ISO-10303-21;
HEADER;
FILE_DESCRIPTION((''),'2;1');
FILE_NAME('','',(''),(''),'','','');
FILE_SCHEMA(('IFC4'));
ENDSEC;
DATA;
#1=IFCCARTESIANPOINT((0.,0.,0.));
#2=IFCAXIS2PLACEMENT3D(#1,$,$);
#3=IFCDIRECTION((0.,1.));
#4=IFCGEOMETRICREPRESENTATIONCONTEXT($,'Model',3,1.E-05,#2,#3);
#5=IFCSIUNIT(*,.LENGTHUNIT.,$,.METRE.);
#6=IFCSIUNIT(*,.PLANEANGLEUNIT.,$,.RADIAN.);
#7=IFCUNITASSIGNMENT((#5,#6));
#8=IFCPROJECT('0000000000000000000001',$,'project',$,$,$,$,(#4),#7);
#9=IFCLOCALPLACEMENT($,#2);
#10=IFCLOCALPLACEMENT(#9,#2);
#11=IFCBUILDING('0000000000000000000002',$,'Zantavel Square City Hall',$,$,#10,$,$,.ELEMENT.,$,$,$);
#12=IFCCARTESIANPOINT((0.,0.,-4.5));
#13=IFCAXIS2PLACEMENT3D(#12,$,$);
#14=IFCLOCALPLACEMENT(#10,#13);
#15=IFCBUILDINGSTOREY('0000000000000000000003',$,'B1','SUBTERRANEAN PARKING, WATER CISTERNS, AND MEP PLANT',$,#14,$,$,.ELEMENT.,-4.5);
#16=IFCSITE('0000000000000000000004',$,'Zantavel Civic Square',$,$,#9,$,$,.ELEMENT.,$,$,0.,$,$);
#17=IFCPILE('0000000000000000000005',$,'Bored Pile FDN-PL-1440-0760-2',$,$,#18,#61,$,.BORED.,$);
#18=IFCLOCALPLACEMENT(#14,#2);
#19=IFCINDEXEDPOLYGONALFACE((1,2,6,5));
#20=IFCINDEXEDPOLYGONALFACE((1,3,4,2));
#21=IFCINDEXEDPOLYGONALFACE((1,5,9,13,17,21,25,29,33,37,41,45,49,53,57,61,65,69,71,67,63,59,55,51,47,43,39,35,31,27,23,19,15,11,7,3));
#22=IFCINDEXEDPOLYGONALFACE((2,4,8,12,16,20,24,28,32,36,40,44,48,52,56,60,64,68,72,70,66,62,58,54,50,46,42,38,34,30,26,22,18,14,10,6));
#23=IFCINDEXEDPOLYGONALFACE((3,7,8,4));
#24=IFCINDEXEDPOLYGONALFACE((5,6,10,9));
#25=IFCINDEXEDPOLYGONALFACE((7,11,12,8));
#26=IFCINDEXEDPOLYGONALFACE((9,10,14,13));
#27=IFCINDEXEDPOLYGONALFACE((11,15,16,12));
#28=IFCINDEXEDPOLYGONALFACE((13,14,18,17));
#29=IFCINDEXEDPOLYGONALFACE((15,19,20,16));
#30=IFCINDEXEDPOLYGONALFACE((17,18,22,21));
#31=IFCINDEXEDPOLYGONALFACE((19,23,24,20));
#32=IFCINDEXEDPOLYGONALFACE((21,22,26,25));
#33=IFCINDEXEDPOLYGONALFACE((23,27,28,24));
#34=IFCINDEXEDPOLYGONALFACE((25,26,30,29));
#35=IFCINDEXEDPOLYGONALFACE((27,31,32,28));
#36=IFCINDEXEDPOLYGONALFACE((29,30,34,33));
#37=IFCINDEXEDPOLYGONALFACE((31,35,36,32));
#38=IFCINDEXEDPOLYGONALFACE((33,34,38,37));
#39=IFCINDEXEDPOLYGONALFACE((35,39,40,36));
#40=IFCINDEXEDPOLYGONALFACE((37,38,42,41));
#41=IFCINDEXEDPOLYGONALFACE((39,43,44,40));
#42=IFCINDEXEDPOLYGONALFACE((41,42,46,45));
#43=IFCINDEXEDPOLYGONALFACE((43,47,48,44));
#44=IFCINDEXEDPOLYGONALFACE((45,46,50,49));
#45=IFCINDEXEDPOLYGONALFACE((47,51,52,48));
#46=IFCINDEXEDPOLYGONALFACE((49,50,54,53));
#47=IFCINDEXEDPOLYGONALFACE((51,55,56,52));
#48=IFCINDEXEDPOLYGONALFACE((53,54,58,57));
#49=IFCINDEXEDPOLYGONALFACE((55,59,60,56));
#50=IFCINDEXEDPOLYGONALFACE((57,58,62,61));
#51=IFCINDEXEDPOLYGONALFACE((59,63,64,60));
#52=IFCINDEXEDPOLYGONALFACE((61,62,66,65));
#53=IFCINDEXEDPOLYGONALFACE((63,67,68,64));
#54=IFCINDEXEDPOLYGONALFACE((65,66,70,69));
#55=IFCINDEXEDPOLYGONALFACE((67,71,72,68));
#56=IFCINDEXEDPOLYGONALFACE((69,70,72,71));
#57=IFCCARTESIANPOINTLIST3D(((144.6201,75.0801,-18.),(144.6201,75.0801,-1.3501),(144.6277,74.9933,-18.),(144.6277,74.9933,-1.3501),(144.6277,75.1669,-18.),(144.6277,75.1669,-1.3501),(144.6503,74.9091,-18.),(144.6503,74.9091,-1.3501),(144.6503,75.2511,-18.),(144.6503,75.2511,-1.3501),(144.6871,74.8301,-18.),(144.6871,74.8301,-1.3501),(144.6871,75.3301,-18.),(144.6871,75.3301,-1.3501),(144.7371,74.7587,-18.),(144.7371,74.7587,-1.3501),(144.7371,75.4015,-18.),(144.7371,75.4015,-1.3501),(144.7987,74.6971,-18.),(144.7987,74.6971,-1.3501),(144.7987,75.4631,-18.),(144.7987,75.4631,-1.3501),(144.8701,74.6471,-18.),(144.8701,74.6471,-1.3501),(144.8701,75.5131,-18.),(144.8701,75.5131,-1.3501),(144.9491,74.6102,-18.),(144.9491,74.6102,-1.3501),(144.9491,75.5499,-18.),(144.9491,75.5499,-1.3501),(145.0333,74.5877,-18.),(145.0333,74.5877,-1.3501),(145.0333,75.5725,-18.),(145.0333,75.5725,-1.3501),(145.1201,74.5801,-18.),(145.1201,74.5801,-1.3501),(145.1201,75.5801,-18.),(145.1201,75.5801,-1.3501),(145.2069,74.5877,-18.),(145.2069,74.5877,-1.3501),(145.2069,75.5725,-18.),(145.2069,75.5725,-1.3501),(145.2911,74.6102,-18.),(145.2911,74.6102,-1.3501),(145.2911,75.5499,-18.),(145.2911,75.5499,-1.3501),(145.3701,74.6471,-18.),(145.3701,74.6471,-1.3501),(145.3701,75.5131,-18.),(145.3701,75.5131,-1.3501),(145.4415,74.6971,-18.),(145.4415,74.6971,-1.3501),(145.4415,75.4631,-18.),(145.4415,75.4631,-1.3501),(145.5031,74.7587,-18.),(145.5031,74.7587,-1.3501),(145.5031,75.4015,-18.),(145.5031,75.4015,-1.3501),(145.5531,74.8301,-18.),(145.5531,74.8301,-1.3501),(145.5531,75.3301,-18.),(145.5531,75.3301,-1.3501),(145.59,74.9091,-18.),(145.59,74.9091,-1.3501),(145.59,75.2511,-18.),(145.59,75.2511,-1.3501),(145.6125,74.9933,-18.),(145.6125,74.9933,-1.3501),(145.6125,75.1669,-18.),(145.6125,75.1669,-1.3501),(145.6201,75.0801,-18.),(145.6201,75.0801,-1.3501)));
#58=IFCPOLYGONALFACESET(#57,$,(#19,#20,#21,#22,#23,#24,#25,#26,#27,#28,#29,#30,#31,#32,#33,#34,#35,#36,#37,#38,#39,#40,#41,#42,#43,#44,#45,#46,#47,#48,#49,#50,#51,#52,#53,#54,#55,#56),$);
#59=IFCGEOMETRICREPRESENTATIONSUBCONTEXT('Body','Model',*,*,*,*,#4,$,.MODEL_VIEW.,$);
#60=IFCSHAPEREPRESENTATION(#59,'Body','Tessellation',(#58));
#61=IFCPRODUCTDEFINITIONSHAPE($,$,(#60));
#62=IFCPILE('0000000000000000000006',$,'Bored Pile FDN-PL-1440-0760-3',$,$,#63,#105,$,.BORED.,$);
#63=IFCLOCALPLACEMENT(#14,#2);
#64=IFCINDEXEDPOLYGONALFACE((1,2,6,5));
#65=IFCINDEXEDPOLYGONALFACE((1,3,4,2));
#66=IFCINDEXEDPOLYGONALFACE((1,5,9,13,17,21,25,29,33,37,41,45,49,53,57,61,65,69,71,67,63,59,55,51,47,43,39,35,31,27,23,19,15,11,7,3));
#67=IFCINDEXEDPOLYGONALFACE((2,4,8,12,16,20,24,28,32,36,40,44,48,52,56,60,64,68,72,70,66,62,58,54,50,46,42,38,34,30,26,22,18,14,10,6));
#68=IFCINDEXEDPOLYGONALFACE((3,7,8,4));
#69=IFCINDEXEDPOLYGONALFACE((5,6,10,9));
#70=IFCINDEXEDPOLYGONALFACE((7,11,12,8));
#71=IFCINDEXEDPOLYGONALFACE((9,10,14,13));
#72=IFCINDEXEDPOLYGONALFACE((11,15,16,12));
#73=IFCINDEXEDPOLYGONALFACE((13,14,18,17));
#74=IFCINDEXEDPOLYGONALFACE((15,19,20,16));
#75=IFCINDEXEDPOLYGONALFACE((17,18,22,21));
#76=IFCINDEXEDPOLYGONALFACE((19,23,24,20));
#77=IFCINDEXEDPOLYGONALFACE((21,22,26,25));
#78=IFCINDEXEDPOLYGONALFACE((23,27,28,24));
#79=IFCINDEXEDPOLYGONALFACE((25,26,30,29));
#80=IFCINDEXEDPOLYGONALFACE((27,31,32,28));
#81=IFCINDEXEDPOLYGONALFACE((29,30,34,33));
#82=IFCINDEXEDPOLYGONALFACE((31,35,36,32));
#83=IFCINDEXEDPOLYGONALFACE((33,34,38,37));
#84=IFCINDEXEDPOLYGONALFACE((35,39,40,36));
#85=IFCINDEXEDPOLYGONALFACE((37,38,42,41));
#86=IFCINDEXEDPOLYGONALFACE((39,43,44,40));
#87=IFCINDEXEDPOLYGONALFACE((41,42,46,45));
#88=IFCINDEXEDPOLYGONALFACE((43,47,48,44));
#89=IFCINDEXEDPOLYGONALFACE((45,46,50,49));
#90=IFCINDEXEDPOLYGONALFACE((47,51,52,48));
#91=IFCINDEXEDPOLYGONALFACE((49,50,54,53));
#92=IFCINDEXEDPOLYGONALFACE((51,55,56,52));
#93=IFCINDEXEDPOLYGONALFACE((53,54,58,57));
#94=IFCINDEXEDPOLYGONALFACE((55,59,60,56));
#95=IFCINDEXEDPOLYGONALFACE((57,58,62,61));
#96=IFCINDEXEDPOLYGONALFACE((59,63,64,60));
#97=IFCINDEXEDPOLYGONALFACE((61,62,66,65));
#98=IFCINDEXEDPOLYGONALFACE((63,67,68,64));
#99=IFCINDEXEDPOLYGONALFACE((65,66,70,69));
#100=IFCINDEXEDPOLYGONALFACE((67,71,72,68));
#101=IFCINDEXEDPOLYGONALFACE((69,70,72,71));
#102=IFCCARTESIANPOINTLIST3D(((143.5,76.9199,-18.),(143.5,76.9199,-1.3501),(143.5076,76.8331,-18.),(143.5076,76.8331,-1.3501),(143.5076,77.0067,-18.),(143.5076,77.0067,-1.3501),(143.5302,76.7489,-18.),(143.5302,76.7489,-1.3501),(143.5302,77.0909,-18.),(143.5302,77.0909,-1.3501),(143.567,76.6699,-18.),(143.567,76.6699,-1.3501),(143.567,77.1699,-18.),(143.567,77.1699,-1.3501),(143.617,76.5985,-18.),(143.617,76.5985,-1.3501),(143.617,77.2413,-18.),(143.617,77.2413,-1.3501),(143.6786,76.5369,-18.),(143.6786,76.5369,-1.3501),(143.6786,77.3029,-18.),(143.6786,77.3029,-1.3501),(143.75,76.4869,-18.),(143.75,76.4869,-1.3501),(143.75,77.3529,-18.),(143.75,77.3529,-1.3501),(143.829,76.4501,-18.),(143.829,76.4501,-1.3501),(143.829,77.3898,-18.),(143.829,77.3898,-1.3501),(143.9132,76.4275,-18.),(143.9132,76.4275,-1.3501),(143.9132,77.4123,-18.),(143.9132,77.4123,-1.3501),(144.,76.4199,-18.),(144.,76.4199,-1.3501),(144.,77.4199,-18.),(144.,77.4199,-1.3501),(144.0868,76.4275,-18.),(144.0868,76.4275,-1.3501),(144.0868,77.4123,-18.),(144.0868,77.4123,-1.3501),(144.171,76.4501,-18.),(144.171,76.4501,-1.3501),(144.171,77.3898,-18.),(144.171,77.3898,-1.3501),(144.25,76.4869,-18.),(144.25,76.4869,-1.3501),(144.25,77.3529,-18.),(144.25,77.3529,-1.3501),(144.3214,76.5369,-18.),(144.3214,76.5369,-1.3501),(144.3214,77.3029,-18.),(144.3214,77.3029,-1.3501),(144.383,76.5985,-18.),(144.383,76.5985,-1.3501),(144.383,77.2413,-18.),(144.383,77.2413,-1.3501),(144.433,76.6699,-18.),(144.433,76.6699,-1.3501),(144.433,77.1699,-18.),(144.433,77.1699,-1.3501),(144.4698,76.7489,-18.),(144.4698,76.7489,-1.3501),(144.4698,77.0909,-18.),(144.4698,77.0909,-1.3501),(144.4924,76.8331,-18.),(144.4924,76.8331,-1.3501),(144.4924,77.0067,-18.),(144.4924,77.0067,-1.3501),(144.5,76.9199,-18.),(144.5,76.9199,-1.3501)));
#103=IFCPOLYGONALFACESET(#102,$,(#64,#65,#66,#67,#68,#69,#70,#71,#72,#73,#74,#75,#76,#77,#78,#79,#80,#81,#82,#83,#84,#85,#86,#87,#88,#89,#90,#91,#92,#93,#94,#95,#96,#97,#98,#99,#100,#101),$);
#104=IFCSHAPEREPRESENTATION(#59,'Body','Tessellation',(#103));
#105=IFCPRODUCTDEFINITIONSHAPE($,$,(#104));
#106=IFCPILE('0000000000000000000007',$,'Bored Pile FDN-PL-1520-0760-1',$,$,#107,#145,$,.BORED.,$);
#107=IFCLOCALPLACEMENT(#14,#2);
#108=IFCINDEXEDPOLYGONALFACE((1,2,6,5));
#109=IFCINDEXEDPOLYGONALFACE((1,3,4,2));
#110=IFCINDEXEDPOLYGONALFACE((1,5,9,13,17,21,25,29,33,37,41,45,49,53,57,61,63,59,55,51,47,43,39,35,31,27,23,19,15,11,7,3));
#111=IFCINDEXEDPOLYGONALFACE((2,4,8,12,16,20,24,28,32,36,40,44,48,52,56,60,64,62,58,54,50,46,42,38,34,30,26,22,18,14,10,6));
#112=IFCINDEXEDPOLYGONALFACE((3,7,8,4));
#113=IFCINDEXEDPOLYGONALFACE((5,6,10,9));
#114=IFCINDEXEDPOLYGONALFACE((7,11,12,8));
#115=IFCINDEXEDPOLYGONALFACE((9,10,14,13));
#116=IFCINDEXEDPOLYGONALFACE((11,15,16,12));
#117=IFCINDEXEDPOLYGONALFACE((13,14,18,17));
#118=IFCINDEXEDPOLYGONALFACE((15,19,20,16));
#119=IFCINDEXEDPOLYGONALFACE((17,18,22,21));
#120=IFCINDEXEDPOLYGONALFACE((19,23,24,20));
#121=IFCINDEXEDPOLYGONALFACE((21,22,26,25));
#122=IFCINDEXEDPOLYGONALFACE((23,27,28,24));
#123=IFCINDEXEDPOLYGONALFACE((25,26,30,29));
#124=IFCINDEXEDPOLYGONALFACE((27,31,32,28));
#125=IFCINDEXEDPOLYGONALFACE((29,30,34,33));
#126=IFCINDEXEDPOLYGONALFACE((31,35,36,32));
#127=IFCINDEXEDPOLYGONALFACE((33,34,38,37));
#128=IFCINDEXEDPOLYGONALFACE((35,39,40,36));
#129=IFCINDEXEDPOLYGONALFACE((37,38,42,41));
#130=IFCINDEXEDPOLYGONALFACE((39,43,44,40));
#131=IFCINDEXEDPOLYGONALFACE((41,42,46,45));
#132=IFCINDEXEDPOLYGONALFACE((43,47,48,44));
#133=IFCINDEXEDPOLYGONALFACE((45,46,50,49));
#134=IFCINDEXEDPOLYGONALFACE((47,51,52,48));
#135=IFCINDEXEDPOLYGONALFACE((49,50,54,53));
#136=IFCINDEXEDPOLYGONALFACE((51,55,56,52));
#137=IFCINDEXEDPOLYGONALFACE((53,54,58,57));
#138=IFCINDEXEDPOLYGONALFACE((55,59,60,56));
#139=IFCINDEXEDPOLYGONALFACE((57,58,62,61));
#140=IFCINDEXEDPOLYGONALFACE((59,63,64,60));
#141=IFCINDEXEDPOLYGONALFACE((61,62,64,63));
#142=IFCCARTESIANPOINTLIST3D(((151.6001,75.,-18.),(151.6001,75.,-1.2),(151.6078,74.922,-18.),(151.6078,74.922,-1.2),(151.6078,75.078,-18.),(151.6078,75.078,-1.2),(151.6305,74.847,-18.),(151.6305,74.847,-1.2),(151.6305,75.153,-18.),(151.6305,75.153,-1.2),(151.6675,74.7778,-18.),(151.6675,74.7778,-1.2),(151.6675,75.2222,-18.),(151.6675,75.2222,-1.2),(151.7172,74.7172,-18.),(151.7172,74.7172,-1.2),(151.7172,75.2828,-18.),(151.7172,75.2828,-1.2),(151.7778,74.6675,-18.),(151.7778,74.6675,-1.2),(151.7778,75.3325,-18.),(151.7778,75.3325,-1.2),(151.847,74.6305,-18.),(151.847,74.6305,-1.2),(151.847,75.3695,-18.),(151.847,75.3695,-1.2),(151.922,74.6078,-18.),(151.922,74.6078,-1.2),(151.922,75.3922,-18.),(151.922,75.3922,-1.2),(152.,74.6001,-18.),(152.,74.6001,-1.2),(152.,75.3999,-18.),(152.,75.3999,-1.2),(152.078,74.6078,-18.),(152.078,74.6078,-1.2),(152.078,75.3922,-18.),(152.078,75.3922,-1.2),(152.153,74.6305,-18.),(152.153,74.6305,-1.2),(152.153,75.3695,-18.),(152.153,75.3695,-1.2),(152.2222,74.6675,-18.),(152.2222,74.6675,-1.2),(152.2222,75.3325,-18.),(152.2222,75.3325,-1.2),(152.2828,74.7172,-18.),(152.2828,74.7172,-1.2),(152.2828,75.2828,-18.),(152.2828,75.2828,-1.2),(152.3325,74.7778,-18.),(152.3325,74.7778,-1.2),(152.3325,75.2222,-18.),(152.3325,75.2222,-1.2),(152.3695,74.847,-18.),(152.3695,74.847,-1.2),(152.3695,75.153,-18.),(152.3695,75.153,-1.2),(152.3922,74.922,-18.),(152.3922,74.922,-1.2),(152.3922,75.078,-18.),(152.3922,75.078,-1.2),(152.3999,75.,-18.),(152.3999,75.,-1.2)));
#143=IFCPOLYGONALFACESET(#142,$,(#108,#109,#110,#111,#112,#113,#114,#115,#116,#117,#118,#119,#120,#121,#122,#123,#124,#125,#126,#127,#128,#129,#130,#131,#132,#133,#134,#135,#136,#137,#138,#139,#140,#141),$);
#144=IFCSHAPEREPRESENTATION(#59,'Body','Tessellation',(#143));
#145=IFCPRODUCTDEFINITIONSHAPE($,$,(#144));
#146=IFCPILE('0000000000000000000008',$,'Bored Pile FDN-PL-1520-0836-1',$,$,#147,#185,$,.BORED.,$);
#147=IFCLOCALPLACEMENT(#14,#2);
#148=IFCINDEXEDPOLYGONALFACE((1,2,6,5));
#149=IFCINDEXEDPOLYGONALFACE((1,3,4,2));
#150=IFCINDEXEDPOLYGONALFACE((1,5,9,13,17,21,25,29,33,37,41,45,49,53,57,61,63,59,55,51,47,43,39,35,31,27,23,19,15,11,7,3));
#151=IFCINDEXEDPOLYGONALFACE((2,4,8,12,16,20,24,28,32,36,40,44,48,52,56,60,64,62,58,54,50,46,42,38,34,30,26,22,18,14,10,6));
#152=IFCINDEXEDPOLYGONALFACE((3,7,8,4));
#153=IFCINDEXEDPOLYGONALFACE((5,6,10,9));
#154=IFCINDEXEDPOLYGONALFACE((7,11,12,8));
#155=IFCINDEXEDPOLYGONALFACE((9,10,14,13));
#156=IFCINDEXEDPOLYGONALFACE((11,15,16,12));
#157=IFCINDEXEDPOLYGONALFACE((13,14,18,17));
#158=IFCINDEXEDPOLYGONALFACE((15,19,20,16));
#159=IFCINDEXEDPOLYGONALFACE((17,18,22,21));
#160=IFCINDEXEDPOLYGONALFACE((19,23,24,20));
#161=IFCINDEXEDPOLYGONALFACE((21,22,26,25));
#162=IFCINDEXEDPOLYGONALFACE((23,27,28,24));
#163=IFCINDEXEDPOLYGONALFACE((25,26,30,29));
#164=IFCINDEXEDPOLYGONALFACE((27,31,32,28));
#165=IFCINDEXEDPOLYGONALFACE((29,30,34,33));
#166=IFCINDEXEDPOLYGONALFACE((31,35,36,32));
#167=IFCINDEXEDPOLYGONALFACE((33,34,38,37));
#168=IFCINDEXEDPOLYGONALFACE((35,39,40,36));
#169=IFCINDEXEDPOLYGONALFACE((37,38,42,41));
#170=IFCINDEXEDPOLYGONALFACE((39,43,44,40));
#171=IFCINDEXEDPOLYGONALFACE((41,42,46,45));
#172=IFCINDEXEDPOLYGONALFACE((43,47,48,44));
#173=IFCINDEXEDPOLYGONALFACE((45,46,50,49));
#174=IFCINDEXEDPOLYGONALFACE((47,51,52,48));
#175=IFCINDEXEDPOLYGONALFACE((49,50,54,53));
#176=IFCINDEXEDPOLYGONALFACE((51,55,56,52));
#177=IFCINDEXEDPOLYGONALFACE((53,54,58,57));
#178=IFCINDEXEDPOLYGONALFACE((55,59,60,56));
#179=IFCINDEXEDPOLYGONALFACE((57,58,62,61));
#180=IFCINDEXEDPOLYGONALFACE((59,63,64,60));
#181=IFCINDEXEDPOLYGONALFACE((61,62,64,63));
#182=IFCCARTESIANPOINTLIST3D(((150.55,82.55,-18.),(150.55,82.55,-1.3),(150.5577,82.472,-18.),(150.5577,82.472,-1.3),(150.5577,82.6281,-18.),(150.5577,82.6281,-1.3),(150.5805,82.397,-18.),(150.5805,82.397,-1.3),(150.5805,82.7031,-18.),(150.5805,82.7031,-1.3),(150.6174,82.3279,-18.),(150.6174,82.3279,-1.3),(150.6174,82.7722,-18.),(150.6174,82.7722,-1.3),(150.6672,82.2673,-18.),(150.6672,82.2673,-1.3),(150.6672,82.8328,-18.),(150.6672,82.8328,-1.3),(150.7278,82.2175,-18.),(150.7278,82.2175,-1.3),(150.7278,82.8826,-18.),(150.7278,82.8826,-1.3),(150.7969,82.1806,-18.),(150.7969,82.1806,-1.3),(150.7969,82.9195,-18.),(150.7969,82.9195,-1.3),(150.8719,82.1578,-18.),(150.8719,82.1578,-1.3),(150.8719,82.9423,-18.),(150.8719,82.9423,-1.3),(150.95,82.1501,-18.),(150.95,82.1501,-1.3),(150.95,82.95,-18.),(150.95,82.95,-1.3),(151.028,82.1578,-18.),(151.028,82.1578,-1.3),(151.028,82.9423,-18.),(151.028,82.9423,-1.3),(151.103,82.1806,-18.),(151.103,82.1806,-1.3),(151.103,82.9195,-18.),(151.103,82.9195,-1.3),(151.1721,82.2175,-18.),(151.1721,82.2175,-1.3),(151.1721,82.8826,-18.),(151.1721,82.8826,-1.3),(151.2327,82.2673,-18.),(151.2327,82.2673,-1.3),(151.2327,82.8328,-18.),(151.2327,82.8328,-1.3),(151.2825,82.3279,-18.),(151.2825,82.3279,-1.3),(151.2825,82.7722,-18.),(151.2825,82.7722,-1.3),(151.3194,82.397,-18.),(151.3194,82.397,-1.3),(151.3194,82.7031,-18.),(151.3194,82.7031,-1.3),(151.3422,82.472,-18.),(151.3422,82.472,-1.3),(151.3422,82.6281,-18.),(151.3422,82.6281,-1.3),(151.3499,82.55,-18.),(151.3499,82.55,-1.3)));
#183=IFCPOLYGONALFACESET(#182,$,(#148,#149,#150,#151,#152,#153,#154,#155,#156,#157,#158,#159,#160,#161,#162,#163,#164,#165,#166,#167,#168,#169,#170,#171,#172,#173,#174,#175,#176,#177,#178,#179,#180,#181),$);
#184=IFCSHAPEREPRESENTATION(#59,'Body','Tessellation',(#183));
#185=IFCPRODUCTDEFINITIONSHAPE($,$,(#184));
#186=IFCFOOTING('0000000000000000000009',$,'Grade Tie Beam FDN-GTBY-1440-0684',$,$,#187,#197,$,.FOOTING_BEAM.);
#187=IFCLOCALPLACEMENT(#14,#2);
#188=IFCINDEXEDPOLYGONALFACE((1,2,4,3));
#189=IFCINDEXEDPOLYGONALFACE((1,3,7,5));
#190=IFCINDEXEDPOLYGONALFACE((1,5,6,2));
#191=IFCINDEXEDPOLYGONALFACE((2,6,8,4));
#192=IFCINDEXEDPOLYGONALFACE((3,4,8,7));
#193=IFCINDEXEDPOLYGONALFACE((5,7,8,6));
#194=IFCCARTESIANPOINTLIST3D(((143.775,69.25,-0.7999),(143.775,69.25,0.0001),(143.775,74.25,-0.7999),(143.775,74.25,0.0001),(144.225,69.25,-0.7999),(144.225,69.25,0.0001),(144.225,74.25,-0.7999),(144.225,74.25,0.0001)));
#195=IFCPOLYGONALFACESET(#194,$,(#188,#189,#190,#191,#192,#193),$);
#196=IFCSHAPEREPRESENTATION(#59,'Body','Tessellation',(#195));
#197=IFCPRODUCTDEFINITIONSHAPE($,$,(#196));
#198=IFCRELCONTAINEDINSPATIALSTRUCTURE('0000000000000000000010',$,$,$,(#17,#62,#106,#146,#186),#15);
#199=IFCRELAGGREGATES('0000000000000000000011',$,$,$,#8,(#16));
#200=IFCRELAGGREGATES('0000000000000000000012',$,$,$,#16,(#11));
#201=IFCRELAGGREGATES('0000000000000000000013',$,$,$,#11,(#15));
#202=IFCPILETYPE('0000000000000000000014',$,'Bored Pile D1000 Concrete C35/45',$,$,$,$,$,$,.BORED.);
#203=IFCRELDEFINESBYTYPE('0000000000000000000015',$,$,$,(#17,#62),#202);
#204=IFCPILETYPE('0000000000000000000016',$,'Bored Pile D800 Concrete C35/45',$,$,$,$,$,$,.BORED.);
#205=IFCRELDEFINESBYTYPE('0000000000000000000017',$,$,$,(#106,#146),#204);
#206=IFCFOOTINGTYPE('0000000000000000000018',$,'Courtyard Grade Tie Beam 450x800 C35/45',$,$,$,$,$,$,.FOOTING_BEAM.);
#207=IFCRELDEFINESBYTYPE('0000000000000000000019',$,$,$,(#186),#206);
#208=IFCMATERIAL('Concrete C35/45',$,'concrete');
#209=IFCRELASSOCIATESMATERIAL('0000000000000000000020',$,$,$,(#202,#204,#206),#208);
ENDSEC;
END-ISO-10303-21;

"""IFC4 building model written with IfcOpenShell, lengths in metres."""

from ifc_helpers import new_model, si_unit, direction, frame, origin, origin_2d, place, context, subcontext, project, spatial, rectangle, circle, extrude, material, material_profile, profile_set, type_object, element, save


model = new_model("IFC4")

# Units and contexts
model_context = context("Model", 3, precision=1e-05, world=origin(), true_north=direction((0.0, 1.0)))
body_context = subcontext(model_context, "Body", "Model", "MODEL_VIEW")
ifc_project = project(units=[si_unit("LENGTHUNIT", "METRE"), si_unit("PLANEANGLEUNIT", "RADIAN")], contexts=[model_context])

# Site, building, storey
site_placement = place(None, origin())
site = spatial("IfcSite", under=ifc_project, at=site_placement, Name="Zantavel Civic Square", CompositionType="ELEMENT", RefElevation=0.0)
building_placement = place(site_placement, origin())
building = spatial("IfcBuilding", under=site, at=building_placement, Name="Zantavel Square City Hall", CompositionType="ELEMENT")
storey_placement = place(building_placement, frame((0.0, 0.0, -4.5)))
storey = spatial("IfcBuildingStorey", under=building, at=storey_placement, Name="B1", Description="SUBTERRANEAN PARKING, WATER CISTERNS, AND MEP PLANT", CompositionType="ELEMENT", Elevation=-4.5)

# Piles
ifc_material_1 = material(Name="Concrete C35/45", Category="concrete")
ifc_material_profile_1 = material_profile(ifc_material_1, circle(Radius=0.5, at=origin_2d()), Name="PILE D1000")
ifc_profile_set_1 = profile_set([ifc_material_profile_1], Name="Concrete C35/45")
pile_type_1 = type_object("IfcPileType", Name="Bored Pile D1000 Concrete C35/45", PredefinedType="BORED", material=ifc_profile_set_1)
for number, where, z_axis, x_axis, name in (
    (1, (145.1201, 75.0801, -1.3501), (0.0, 0.0, -1.0), (1.0, 0.0, 0.0), "Bored Pile FDN-PL-1440-0760-2"),
    (2, (144.0, 76.9199, -1.3501), (0.0, 0.0, -1.0), (1.0, 0.0, 0.0), "Bored Pile FDN-PL-1440-0760-3"),
):
    element("IfcPile", number, at=place(storey_placement, frame(where, z_axis=z_axis, x_axis=x_axis)), inside=storey, type_object=pile_type_1, Name=name, PredefinedType="BORED", context=body_context, shape_type="SweptSolid", body=[
        extrude(circle(Radius=0.5, at=origin_2d()), origin(), (0.0, 0.0, 1.0), 16.6499),
    ])
ifc_material_profile_2 = material_profile(ifc_material_1, circle(Radius=0.3999, at=origin_2d()), Name="PILE D800")
ifc_profile_set_2 = profile_set([ifc_material_profile_2], Name="Concrete C35/45")
pile_type_2 = type_object("IfcPileType", Name="Bored Pile D800 Concrete C35/45", PredefinedType="BORED", material=ifc_profile_set_2)
pile_1_placement = place(storey_placement, frame((152.0, 75.0, -1.2), z_axis=(0.0, 0.0, -1.0), x_axis=(1.0, 0.0, 0.0)))
element("IfcPile", 3, at=pile_1_placement, inside=storey, type_object=pile_type_2, Name="Bored Pile FDN-PL-1520-0760-1", PredefinedType="BORED", context=body_context, shape_type="SweptSolid", body=[
    extrude(circle(Radius=0.3999, at=origin_2d()), origin(), (0.0, 0.0, 1.0), 16.8),
])
pile_2_placement = place(storey_placement, frame((150.95, 82.55, -1.3), z_axis=(0.0, 0.0, -1.0), x_axis=(1.0, 0.0, 0.0)))
element("IfcPile", 4, at=pile_2_placement, inside=storey, type_object=pile_type_2, Name="Bored Pile FDN-PL-1520-0836-1", PredefinedType="BORED", context=body_context, shape_type="SweptSolid", body=[
    extrude(circle(Radius=0.3999, at=origin_2d()), origin(), (0.0, 0.0, 1.0), 16.7),
])

# Footing
ifc_material_profile_3 = material_profile(ifc_material_1, rectangle(XDim=0.45, YDim=0.8, at=origin_2d()), Name="RC 450x800")
ifc_profile_set_3 = profile_set([ifc_material_profile_3], Name="Concrete C35/45")
footing_type_1 = type_object("IfcFootingType", Name="Courtyard Grade Tie Beam 450x800 C35/45", PredefinedType="FOOTING_BEAM", material=ifc_profile_set_3)
footing_1_placement = place(storey_placement, frame((144.0, 69.25, -0.3999), z_axis=(0.0, 1.0, 0.0), x_axis=(-1.0, 0.0, 0.0)))
element("IfcFooting", 5, at=footing_1_placement, inside=storey, type_object=footing_type_1, Name="Grade Tie Beam FDN-GTBY-1440-0684", PredefinedType="FOOTING_BEAM", context=body_context, shape_type="SweptSolid", body=[
    extrude(rectangle(XDim=0.45, YDim=0.8, at=origin_2d()), origin(), (0.0, 0.0, 1.0), 5.0),
])

save(model, "model.ifc")
